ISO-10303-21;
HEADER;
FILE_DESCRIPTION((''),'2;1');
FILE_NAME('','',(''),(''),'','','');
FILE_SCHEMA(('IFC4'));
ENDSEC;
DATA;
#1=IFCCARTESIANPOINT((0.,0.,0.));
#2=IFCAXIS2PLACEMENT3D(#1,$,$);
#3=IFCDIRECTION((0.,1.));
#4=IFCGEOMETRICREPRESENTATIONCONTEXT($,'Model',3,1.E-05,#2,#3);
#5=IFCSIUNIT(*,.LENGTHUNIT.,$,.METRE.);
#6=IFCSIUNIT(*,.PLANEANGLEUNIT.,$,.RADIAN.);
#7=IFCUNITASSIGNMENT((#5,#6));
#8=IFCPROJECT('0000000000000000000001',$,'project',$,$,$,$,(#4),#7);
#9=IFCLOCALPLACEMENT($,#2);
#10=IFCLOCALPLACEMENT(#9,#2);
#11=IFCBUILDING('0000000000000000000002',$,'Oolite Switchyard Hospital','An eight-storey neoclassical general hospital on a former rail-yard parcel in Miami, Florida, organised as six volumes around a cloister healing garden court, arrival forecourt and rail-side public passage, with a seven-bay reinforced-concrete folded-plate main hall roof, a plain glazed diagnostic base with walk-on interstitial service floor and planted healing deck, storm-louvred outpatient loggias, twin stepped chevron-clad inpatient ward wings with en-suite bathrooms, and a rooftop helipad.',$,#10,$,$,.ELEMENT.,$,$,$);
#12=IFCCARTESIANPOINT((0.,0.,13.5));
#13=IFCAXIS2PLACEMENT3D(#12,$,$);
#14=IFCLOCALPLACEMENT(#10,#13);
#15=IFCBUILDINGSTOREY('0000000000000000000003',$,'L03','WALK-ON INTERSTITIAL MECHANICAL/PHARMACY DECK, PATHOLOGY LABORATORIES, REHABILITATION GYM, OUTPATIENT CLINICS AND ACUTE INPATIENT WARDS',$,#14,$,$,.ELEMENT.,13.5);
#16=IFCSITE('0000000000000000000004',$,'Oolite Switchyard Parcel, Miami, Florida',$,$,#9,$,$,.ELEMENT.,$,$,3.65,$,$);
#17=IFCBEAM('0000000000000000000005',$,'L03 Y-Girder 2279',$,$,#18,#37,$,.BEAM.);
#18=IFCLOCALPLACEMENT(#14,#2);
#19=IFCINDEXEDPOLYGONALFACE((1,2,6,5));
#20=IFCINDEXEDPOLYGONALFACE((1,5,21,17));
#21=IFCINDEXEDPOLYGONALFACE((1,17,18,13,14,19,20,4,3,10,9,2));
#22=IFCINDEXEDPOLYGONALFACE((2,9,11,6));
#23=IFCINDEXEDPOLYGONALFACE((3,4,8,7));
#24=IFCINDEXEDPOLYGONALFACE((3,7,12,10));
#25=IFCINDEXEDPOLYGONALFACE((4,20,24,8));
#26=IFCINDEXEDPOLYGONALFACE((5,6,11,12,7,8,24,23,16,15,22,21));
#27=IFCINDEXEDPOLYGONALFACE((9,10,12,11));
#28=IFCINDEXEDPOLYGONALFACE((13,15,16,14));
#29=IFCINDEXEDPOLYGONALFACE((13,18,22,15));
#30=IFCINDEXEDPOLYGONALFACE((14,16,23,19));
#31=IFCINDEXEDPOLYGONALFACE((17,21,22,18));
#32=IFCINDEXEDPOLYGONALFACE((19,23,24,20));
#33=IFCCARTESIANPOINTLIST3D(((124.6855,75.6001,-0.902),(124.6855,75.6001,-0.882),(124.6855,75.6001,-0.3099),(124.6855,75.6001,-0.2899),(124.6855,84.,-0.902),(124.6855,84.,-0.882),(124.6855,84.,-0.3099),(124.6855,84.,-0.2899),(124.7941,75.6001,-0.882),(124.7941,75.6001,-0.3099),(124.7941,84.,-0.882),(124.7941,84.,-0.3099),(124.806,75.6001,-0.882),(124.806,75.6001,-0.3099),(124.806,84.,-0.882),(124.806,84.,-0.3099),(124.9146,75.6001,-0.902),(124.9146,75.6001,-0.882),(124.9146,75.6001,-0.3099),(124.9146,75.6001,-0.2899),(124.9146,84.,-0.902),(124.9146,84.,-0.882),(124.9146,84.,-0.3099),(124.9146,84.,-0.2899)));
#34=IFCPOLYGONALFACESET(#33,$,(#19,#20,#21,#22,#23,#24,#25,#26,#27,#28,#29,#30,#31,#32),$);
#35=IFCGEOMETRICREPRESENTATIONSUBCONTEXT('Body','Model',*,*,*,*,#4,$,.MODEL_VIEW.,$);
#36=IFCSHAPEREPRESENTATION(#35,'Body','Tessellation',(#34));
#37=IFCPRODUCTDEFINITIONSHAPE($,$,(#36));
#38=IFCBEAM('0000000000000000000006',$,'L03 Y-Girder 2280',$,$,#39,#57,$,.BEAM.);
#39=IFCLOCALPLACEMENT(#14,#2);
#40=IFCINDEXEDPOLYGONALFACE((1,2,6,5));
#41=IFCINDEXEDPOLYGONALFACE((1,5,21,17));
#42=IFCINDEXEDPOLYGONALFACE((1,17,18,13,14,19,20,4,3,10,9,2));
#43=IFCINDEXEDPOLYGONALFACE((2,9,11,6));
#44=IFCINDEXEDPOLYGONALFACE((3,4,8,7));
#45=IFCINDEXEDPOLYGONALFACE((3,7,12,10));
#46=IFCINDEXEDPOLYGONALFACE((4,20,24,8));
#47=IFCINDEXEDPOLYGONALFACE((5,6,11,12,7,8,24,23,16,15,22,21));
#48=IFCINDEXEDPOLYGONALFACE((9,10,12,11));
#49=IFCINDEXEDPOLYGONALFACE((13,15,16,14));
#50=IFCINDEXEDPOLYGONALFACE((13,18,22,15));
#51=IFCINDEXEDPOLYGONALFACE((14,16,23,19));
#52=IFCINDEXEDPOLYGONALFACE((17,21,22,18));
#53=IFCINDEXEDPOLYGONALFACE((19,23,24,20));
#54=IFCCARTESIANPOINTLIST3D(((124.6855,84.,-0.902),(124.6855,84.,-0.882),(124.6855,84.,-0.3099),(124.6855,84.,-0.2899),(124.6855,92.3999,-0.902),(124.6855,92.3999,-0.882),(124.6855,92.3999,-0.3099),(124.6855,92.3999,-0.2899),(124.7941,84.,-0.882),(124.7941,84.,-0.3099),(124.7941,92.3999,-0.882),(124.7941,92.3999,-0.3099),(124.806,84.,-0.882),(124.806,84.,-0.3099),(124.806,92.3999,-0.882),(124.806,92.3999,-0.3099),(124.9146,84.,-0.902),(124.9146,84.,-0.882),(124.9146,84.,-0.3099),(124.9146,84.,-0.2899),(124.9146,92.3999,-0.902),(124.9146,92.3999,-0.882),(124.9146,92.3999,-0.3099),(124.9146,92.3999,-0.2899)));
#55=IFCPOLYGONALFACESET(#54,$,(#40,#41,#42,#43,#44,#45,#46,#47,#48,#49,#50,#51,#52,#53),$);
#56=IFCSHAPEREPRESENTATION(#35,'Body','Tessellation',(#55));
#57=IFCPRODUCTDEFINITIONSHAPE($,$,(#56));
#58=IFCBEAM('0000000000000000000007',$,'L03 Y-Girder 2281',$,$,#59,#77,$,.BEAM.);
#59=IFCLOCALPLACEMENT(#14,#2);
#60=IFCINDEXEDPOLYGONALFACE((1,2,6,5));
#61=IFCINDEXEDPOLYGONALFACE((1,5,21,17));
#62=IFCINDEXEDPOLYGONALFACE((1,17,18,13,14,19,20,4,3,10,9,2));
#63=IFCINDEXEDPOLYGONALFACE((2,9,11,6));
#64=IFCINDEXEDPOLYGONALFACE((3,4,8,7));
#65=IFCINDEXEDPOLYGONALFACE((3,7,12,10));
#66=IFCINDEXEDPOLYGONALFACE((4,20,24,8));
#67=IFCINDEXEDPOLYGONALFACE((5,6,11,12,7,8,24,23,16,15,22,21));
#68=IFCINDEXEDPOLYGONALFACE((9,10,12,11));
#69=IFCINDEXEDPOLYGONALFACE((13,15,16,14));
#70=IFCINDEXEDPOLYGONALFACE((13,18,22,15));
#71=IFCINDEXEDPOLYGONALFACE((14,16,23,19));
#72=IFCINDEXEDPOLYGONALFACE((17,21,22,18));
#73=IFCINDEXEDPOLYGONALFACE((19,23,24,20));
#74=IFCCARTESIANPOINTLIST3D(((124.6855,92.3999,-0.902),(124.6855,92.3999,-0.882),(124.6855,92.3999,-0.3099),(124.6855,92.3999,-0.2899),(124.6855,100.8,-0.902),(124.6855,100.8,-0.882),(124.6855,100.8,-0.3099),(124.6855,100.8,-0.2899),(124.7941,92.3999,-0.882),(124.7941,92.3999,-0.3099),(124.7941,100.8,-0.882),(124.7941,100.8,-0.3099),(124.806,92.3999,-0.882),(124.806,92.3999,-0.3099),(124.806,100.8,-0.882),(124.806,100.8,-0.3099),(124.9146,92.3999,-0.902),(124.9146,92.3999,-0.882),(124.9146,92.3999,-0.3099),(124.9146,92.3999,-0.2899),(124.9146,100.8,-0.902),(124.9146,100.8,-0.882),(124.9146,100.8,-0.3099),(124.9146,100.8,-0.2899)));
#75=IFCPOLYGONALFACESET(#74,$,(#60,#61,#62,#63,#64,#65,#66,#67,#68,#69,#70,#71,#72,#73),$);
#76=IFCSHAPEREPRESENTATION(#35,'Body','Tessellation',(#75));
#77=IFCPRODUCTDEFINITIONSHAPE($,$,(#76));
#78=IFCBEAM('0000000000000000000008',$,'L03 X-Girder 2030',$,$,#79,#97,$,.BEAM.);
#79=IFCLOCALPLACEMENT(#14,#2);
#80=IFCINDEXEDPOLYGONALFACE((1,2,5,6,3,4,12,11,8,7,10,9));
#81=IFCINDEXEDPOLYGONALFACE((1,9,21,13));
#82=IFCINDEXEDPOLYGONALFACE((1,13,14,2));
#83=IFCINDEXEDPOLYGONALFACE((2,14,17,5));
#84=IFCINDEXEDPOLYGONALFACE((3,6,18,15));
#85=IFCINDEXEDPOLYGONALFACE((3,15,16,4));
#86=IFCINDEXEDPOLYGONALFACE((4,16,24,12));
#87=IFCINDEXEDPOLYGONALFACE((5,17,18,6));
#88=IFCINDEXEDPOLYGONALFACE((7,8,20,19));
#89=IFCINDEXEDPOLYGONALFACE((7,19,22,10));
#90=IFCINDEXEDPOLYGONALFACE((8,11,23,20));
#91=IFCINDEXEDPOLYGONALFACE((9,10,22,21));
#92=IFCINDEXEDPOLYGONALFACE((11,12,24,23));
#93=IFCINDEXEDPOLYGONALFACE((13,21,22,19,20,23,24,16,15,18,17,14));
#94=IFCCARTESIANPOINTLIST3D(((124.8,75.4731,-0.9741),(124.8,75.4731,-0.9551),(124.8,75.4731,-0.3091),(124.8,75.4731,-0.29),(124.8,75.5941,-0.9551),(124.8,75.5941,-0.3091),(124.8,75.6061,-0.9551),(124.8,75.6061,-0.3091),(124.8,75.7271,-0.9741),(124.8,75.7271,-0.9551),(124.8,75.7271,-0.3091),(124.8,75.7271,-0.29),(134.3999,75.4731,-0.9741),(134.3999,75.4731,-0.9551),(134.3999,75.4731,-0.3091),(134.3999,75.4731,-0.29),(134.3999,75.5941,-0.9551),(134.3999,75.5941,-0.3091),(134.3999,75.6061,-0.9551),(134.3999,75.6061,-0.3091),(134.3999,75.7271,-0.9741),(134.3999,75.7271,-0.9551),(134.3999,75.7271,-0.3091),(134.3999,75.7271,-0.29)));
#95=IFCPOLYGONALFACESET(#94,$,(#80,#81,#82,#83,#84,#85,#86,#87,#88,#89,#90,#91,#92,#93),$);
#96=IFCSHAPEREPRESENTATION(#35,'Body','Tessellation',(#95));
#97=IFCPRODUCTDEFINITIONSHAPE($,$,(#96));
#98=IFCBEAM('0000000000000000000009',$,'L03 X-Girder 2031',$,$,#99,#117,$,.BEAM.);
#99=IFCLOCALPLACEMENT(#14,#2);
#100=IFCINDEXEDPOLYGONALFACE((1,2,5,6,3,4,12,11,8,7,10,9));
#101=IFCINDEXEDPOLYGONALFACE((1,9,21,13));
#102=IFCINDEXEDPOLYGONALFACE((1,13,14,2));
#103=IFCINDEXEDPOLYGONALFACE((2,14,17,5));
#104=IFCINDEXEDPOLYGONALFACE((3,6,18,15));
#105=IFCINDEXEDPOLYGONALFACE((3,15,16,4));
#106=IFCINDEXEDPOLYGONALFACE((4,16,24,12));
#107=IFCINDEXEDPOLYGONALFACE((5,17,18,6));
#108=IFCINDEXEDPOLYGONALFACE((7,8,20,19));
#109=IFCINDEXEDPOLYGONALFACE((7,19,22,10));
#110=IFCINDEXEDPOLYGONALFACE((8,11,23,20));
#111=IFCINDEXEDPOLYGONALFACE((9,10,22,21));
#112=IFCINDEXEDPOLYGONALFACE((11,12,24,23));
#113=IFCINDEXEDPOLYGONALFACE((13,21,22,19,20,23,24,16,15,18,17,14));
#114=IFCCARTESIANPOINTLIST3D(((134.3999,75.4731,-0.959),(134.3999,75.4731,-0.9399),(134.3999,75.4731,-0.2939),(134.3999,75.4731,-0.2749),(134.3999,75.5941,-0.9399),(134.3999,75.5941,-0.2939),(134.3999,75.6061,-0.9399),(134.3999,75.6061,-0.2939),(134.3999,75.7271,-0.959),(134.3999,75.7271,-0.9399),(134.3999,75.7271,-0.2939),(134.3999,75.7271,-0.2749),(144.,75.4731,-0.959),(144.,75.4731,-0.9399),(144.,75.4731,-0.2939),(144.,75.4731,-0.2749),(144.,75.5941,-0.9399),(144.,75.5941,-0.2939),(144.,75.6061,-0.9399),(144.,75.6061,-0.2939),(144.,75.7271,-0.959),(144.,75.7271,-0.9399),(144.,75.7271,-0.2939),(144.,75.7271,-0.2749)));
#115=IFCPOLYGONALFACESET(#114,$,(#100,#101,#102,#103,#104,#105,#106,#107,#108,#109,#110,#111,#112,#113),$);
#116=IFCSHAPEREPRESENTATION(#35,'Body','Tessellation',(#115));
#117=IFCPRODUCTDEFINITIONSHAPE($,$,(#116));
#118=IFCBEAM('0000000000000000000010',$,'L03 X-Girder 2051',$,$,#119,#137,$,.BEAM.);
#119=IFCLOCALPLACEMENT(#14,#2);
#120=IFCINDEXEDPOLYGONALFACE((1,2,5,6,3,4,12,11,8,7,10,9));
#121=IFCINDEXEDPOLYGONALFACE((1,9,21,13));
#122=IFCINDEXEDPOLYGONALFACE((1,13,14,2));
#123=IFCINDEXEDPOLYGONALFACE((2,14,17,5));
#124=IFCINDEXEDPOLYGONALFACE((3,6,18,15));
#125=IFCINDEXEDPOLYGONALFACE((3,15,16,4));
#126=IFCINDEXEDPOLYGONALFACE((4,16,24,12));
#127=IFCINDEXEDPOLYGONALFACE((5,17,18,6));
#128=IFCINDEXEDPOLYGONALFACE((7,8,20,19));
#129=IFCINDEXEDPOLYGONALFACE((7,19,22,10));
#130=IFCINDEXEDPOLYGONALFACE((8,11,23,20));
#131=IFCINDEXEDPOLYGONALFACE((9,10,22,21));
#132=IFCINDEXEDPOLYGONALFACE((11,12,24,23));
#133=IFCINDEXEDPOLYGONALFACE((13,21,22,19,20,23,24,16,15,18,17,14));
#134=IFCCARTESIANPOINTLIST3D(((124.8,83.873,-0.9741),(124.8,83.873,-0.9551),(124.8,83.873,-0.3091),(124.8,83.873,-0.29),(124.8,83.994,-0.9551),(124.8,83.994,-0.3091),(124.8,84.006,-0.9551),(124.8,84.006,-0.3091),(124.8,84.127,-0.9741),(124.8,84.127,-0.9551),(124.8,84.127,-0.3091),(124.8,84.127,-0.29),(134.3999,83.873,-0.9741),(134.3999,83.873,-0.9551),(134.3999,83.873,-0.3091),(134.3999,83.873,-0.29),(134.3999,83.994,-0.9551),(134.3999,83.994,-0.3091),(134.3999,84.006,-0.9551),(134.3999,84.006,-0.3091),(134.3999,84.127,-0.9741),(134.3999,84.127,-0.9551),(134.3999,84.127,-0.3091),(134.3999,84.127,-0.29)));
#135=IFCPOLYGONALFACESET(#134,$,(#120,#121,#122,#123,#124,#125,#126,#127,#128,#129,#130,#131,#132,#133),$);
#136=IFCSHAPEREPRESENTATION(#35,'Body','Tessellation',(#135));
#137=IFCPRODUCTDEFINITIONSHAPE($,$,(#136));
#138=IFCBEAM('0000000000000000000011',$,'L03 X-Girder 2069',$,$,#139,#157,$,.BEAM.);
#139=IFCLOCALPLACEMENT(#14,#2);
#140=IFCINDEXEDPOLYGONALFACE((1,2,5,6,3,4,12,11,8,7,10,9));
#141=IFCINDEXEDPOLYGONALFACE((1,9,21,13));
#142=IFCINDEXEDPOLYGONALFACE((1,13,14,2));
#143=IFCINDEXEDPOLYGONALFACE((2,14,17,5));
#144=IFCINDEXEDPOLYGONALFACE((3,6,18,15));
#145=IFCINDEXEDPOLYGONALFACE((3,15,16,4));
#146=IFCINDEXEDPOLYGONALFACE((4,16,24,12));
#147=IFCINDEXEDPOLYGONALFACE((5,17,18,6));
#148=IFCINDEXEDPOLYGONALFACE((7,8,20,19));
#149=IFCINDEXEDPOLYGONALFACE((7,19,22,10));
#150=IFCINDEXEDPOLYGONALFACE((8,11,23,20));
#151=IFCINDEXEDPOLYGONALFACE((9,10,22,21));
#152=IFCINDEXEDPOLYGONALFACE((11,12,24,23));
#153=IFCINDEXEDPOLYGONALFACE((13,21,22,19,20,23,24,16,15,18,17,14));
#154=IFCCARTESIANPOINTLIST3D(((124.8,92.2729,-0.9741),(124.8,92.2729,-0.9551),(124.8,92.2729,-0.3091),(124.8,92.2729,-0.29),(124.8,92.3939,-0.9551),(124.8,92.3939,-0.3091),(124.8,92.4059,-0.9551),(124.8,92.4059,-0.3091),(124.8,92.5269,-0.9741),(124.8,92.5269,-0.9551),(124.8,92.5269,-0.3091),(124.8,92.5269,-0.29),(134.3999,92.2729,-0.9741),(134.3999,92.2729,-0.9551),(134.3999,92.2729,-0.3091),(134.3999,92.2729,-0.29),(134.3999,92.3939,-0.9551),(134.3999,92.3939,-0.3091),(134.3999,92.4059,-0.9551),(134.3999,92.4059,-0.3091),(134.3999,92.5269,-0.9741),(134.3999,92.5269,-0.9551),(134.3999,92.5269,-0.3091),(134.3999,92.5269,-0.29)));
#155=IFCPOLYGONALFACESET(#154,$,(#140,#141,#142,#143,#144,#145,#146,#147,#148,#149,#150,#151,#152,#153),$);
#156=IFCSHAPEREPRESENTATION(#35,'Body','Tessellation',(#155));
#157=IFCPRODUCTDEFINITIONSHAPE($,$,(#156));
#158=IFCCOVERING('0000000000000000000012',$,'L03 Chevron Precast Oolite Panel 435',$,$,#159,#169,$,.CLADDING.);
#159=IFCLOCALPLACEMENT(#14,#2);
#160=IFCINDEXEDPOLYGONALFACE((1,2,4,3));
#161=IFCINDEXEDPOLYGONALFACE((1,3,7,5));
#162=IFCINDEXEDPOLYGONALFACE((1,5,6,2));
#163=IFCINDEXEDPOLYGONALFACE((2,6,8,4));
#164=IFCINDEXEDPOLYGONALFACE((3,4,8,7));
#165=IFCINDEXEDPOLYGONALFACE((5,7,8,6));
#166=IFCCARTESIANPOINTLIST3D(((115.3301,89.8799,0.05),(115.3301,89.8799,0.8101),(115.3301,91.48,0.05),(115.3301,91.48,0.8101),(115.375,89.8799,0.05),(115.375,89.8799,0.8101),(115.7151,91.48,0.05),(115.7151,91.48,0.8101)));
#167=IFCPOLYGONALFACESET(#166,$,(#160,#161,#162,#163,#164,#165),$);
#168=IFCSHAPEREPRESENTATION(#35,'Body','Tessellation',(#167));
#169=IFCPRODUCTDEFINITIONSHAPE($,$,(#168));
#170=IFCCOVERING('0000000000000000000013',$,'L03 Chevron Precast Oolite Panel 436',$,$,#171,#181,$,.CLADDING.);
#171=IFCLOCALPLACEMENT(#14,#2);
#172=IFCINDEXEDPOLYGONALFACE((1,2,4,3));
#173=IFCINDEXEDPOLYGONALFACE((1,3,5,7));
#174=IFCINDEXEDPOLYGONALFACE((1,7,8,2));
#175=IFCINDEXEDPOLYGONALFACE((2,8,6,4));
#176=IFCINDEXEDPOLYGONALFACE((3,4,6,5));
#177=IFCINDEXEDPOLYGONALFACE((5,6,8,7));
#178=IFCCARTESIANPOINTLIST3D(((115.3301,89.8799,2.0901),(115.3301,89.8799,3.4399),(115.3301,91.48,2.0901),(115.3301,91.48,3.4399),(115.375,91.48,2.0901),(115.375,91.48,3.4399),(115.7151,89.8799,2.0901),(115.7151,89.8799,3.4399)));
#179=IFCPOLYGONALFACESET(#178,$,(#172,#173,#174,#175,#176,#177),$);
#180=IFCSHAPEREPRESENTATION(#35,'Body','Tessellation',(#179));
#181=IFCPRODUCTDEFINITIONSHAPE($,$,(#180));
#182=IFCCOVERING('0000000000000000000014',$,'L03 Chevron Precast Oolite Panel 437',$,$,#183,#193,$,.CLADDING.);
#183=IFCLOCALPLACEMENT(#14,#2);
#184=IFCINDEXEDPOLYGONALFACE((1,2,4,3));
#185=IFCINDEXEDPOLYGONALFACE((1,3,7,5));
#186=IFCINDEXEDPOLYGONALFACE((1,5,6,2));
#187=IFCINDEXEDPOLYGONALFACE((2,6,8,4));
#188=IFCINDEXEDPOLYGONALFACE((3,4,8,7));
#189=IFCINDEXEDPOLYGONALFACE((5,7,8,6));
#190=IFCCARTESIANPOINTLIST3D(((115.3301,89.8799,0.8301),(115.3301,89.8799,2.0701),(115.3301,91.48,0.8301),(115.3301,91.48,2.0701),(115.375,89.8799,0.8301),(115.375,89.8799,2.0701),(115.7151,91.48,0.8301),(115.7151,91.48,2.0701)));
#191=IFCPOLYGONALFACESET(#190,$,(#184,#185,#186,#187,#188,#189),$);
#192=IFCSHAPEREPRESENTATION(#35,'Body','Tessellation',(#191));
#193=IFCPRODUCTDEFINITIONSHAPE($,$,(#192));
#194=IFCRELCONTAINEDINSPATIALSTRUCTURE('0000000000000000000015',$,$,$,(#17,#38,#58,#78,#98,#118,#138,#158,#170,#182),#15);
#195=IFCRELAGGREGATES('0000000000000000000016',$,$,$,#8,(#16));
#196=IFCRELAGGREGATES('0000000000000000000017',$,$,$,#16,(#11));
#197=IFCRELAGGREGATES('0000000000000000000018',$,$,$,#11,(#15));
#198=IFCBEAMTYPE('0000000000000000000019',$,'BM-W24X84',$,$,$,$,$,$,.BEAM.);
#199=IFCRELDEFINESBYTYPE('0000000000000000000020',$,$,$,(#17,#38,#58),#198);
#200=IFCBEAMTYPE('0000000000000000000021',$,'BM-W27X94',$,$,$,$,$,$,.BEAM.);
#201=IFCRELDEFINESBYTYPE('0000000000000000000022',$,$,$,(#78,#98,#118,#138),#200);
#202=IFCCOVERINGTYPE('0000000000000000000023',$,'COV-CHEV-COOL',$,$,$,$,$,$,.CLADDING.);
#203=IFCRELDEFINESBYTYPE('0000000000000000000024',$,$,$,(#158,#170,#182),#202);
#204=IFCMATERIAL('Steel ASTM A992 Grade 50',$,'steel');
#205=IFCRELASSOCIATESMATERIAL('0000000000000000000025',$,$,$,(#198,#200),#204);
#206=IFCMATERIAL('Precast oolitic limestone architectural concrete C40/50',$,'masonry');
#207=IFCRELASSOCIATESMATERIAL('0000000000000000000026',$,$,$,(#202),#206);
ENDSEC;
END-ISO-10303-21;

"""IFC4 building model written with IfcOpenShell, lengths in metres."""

from ifc_helpers import new_model, si_unit, direction, frame, origin, origin_2d, place, context, subcontext, project, spatial, polyline, i_section, outline, extrude, material, material_profile, profile_set, type_object, element, save


model = new_model("IFC4")

# Units and contexts
model_context = context("Model", 3, precision=1e-05, world=origin(), true_north=direction((0.0, 1.0)))
body_context = subcontext(model_context, "Body", "Model", "MODEL_VIEW")
ifc_project = project(units=[si_unit("LENGTHUNIT", "METRE"), si_unit("PLANEANGLEUNIT", "RADIAN")], contexts=[model_context])

# Site, building, storey
site_placement = place(None, origin())
site = spatial("IfcSite", under=ifc_project, at=site_placement, Name="Oolite Switchyard Parcel, Miami, Florida", CompositionType="ELEMENT", RefElevation=3.65)
building_placement = place(site_placement, origin())
building = spatial("IfcBuilding", under=site, at=building_placement, Name="Oolite Switchyard Hospital", Description="An eight-storey neoclassical general hospital on a former rail-yard parcel in Miami, Florida, organised as six volumes around a cloister healing garden court, arrival forecourt and rail-side public passage, with a seven-bay reinforced-concrete folded-plate main hall roof, a plain glazed diagnostic base with walk-on interstitial service floor and planted healing deck, storm-louvred outpatient loggias, twin stepped chevron-clad inpatient ward wings with en-suite bathrooms, and a rooftop helipad.", CompositionType="ELEMENT")
storey_placement = place(building_placement, frame((0.0, 0.0, 13.5)))
storey = spatial("IfcBuildingStorey", under=building, at=storey_placement, Name="L03", Description="WALK-ON INTERSTITIAL MECHANICAL/PHARMACY DECK, PATHOLOGY LABORATORIES, REHABILITATION GYM, OUTPATIENT CLINICS AND ACUTE INPATIENT WARDS", CompositionType="ELEMENT", Elevation=13.5)

# Beams
ifc_material_1 = material(Name="Steel ASTM A992 Grade 50", Category="steel")
ifc_material_profile_1 = material_profile(ifc_material_1, i_section(OverallWidth=0.229, OverallDepth=0.6121, WebThickness=0.012, FlangeThickness=0.02, at=origin_2d()), Name="W24X84")
ifc_profile_set_1 = profile_set([ifc_material_profile_1], Name="Steel ASTM A992 Grade 50")
beam_type_1 = type_object("IfcBeamType", Name="BM-W24X84", PredefinedType="BEAM", material=ifc_profile_set_1)
for number, where, z_axis, x_axis, name in (
    (1, (124.8, 75.6001, -0.5959), (0.0, 1.0, 0.0), (-1.0, 0.0, 0.0), "L03 Y-Girder 2279"),
    (2, (124.8, 84.0, -0.5959), (0.0, 1.0, 0.0), (-1.0, 0.0, 0.0), "L03 Y-Girder 2280"),
):
    element("IfcBeam", number, at=place(storey_placement, frame(where, z_axis=z_axis, x_axis=x_axis)), inside=storey, type_object=beam_type_1, Name=name, PredefinedType="BEAM", context=body_context, shape_type="SweptSolid", body=[
        extrude(i_section(OverallWidth=0.229, OverallDepth=0.6121, WebThickness=0.012, FlangeThickness=0.02, at=origin_2d()), origin(), (0.0, 0.0, 1.0), 8.3999),
    ])
beam_1_placement = place(storey_placement, frame((124.8, 92.3999, -0.5959), z_axis=(0.0, 1.0, 0.0), x_axis=(-1.0, 0.0, 0.0)))
element("IfcBeam", 3, at=beam_1_placement, inside=storey, type_object=beam_type_1, Name="L03 Y-Girder 2281", PredefinedType="BEAM", context=body_context, shape_type="SweptSolid", body=[
    extrude(i_section(OverallWidth=0.229, OverallDepth=0.6121, WebThickness=0.012, FlangeThickness=0.02, at=origin_2d()), origin(), (0.0, 0.0, 1.0), 8.4001),
])
ifc_material_profile_2 = material_profile(ifc_material_1, i_section(OverallWidth=0.2539, OverallDepth=0.6841, WebThickness=0.012, FlangeThickness=0.019, at=origin_2d()), Name="W27X94")
ifc_profile_set_2 = profile_set([ifc_material_profile_2], Name="Steel ASTM A992 Grade 50")
beam_type_2 = type_object("IfcBeamType", Name="BM-W27X94", PredefinedType="BEAM", material=ifc_profile_set_2)
beam_2_placement = place(storey_placement, frame((124.8, 75.6001, -0.6321), z_axis=(1.0, 0.0, 0.0), x_axis=(0.0, 1.0, 0.0)))
element("IfcBeam", 4, at=beam_2_placement, inside=storey, type_object=beam_type_2, Name="L03 X-Girder 2030", PredefinedType="BEAM", context=body_context, shape_type="SweptSolid", body=[
    extrude(i_section(OverallWidth=0.2539, OverallDepth=0.6841, WebThickness=0.012, FlangeThickness=0.019, at=origin_2d()), origin(), (0.0, 0.0, 1.0), 9.5999),
])
beam_3_placement = place(storey_placement, frame((134.3999, 75.6001, -0.6169), z_axis=(1.0, 0.0, 0.0), x_axis=(0.0, 1.0, 0.0)))
element("IfcBeam", 5, at=beam_3_placement, inside=storey, type_object=beam_type_2, Name="L03 X-Girder 2031", PredefinedType="BEAM", context=body_context, shape_type="SweptSolid", body=[
    extrude(i_section(OverallWidth=0.2539, OverallDepth=0.6841, WebThickness=0.012, FlangeThickness=0.019, at=origin_2d()), origin(), (0.0, 0.0, 1.0), 9.6001),
])
for number, where, z_axis, x_axis, name in (
    (6, (124.8, 84.0, -0.6321), (1.0, 0.0, 0.0), (0.0, 1.0, 0.0), "L03 X-Girder 2051"),
    (7, (124.8, 92.3999, -0.6321), (1.0, 0.0, 0.0), (0.0, 1.0, 0.0), "L03 X-Girder 2069"),
):
    element("IfcBeam", number, at=place(storey_placement, frame(where, z_axis=z_axis, x_axis=x_axis)), inside=storey, type_object=beam_type_2, Name=name, PredefinedType="BEAM", context=body_context, shape_type="SweptSolid", body=[
        extrude(i_section(OverallWidth=0.2539, OverallDepth=0.6841, WebThickness=0.012, FlangeThickness=0.019, at=origin_2d()), origin(), (0.0, 0.0, 1.0), 9.5999),
    ])

# Coverings
ifc_material_2 = material(Name="Precast oolitic limestone architectural concrete C40/50", Category="masonry")
covering_type = type_object("IfcCoveringType", Name="COV-CHEV-COOL", PredefinedType="CLADDING", material=ifc_material_2)
covering_1_placement = place(storey_placement, frame((115.3301, 91.48, 0.05), z_axis=(0.0, 0.0, 1.0), x_axis=(0.0, -1.0, 0.0)))
element("IfcCovering", 8, at=covering_1_placement, inside=storey, type_object=covering_type, Name="L03 Chevron Precast Oolite Panel 435", PredefinedType="CLADDING", context=body_context, shape_type="SweptSolid", body=[
    extrude(outline(polyline([(0.0, 0.0), (1.6001, 0.0), (1.6001, 0.0449), (0.0, 0.385), (0.0, 0.0)])), origin(), (0.0, 0.0, 1.0), 0.76),
])
covering_2_placement = place(storey_placement, frame((115.3301, 91.48, 2.0901), z_axis=(0.0, 0.0, 1.0), x_axis=(0.0, -1.0, 0.0)))
element("IfcCovering", 9, at=covering_2_placement, inside=storey, type_object=covering_type, Name="L03 Chevron Precast Oolite Panel 436", PredefinedType="CLADDING", context=body_context, shape_type="SweptSolid", body=[
    extrude(outline(polyline([(0.0, 0.0), (1.6001, 0.0), (1.6001, 0.385), (0.0, 0.0449), (0.0, 0.0)])), origin(), (0.0, 0.0, 1.0), 1.3499),
])
covering_3_placement = place(storey_placement, frame((115.3301, 91.48, 0.8301), z_axis=(0.0, 0.0, 1.0), x_axis=(0.0, -1.0, 0.0)))
element("IfcCovering", 10, at=covering_3_placement, inside=storey, type_object=covering_type, Name="L03 Chevron Precast Oolite Panel 437", PredefinedType="CLADDING", context=body_context, shape_type="SweptSolid", body=[
    extrude(outline(polyline([(0.0, 0.0), (1.6001, 0.0), (1.6001, 0.0449), (0.0, 0.385), (0.0, 0.0)])), origin(), (0.0, 0.0, 1.0), 1.24),
])

save(model, "model.ifc")
